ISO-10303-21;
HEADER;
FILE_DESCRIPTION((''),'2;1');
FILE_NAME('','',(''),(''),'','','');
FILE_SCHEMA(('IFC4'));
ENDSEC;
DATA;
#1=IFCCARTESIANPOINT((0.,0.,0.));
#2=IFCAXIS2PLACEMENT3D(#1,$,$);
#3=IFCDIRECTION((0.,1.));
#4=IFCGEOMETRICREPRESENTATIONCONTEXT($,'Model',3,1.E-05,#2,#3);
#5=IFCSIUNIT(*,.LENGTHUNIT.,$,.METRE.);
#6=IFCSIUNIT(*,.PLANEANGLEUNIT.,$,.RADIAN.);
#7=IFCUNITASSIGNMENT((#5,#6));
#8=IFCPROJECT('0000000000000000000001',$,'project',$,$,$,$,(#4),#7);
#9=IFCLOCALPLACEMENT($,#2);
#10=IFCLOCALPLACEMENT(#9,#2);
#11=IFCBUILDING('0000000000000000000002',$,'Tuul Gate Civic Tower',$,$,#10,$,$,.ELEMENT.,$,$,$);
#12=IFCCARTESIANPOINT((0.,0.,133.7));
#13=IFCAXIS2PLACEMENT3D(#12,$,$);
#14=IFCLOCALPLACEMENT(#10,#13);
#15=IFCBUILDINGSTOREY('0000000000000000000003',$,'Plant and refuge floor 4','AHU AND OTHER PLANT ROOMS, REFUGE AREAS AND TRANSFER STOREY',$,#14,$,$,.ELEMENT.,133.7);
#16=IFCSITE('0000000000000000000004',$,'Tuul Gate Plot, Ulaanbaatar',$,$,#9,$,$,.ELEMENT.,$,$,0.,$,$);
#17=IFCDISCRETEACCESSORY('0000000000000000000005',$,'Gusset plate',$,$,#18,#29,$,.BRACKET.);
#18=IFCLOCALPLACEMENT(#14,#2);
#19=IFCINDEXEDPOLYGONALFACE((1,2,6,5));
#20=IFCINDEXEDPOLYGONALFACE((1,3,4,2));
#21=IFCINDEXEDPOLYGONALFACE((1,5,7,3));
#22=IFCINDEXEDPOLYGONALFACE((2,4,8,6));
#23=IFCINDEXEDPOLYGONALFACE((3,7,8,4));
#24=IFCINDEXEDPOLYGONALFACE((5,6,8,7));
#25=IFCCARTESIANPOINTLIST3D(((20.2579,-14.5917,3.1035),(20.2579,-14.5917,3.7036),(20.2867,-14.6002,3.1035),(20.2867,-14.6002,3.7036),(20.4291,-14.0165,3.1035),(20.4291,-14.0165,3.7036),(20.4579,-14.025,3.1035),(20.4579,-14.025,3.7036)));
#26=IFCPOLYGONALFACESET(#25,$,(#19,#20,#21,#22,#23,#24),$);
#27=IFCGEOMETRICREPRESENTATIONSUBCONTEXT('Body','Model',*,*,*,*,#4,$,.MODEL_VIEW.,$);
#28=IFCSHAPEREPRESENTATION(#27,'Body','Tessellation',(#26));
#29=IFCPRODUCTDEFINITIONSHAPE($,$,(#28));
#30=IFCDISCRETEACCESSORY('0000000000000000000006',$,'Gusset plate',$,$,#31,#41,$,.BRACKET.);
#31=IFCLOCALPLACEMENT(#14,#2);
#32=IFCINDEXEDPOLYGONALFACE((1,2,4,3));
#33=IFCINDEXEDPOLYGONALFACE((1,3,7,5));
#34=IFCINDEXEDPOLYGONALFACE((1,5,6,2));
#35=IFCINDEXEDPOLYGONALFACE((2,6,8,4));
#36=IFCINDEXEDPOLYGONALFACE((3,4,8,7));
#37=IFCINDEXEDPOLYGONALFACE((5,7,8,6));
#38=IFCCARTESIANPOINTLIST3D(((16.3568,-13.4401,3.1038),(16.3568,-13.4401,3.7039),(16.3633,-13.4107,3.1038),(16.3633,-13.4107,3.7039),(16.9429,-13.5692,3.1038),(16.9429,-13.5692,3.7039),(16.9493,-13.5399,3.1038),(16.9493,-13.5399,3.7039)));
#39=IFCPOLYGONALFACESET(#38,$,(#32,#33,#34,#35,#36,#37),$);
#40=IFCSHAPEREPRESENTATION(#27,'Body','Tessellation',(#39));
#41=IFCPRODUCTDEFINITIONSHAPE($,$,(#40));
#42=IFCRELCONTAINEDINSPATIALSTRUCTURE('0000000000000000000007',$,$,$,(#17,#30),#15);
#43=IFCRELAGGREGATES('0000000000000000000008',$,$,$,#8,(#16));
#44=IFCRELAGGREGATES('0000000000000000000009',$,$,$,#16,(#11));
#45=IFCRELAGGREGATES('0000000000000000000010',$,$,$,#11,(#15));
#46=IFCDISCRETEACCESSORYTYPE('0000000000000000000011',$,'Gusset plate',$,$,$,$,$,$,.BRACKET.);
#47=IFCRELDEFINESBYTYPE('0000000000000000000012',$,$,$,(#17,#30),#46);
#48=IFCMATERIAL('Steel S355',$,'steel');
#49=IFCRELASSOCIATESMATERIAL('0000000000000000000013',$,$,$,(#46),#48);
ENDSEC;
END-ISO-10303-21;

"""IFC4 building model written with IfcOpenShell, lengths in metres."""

from ifc_helpers import new_model, si_unit, direction, frame, origin, origin_2d, place, context, subcontext, project, spatial, rectangle, extrude, material, type_object, element, save


model = new_model("IFC4")

# Units and contexts
model_context = context("Model", 3, precision=1e-05, world=origin(), true_north=direction((0.0, 1.0)))
body_context = subcontext(model_context, "Body", "Model", "MODEL_VIEW")
ifc_project = project(units=[si_unit("LENGTHUNIT", "METRE"), si_unit("PLANEANGLEUNIT", "RADIAN")], contexts=[model_context])

# Site, building, storey
site_placement = place(None, origin())
site = spatial("IfcSite", under=ifc_project, at=site_placement, Name="Tuul Gate Plot, Ulaanbaatar", CompositionType="ELEMENT", RefElevation=0.0)
building_placement = place(site_placement, origin())
building = spatial("IfcBuilding", under=site, at=building_placement, Name="Tuul Gate Civic Tower", CompositionType="ELEMENT")
storey_placement = place(building_placement, frame((0.0, 0.0, 133.7)))
storey = spatial("IfcBuildingStorey", under=building, at=storey_placement, Name="Plant and refuge floor 4", Description="AHU AND OTHER PLANT ROOMS, REFUGE AREAS AND TRANSFER STOREY", CompositionType="ELEMENT", Elevation=133.7)

# Discrete accessories
ifc_material_1 = material(Name="Steel S355", Category="steel")
discrete_accessory_type = type_object("IfcDiscreteAccessoryType", Name="Gusset plate", PredefinedType="BRACKET", material=ifc_material_1)
for number, where, z_axis, x_axis, name in (
    (1, (20.3579, -14.3083, 3.1035), (0.0, 0.0, 1.0), (0.285212, 0.958464, 0.0), "Gusset plate"),
    (2, (16.6531, -13.49, 3.1038), (0.0, 0.0, 1.0), (-0.976564, 0.215229, 0.0), "Gusset plate"),
):
    element("IfcDiscreteAccessory", number, at=place(storey_placement, frame(where, z_axis=z_axis, x_axis=x_axis)), inside=storey, type_object=discrete_accessory_type, Name=name, PredefinedType="BRACKET", context=body_context, shape_type="SweptSolid", body=[
        extrude(rectangle(XDim=0.6001, YDim=0.03, at=origin_2d()), origin(), (0.0, 0.0, 1.0), 0.6001),
    ])

save(model, "model.ifc")
